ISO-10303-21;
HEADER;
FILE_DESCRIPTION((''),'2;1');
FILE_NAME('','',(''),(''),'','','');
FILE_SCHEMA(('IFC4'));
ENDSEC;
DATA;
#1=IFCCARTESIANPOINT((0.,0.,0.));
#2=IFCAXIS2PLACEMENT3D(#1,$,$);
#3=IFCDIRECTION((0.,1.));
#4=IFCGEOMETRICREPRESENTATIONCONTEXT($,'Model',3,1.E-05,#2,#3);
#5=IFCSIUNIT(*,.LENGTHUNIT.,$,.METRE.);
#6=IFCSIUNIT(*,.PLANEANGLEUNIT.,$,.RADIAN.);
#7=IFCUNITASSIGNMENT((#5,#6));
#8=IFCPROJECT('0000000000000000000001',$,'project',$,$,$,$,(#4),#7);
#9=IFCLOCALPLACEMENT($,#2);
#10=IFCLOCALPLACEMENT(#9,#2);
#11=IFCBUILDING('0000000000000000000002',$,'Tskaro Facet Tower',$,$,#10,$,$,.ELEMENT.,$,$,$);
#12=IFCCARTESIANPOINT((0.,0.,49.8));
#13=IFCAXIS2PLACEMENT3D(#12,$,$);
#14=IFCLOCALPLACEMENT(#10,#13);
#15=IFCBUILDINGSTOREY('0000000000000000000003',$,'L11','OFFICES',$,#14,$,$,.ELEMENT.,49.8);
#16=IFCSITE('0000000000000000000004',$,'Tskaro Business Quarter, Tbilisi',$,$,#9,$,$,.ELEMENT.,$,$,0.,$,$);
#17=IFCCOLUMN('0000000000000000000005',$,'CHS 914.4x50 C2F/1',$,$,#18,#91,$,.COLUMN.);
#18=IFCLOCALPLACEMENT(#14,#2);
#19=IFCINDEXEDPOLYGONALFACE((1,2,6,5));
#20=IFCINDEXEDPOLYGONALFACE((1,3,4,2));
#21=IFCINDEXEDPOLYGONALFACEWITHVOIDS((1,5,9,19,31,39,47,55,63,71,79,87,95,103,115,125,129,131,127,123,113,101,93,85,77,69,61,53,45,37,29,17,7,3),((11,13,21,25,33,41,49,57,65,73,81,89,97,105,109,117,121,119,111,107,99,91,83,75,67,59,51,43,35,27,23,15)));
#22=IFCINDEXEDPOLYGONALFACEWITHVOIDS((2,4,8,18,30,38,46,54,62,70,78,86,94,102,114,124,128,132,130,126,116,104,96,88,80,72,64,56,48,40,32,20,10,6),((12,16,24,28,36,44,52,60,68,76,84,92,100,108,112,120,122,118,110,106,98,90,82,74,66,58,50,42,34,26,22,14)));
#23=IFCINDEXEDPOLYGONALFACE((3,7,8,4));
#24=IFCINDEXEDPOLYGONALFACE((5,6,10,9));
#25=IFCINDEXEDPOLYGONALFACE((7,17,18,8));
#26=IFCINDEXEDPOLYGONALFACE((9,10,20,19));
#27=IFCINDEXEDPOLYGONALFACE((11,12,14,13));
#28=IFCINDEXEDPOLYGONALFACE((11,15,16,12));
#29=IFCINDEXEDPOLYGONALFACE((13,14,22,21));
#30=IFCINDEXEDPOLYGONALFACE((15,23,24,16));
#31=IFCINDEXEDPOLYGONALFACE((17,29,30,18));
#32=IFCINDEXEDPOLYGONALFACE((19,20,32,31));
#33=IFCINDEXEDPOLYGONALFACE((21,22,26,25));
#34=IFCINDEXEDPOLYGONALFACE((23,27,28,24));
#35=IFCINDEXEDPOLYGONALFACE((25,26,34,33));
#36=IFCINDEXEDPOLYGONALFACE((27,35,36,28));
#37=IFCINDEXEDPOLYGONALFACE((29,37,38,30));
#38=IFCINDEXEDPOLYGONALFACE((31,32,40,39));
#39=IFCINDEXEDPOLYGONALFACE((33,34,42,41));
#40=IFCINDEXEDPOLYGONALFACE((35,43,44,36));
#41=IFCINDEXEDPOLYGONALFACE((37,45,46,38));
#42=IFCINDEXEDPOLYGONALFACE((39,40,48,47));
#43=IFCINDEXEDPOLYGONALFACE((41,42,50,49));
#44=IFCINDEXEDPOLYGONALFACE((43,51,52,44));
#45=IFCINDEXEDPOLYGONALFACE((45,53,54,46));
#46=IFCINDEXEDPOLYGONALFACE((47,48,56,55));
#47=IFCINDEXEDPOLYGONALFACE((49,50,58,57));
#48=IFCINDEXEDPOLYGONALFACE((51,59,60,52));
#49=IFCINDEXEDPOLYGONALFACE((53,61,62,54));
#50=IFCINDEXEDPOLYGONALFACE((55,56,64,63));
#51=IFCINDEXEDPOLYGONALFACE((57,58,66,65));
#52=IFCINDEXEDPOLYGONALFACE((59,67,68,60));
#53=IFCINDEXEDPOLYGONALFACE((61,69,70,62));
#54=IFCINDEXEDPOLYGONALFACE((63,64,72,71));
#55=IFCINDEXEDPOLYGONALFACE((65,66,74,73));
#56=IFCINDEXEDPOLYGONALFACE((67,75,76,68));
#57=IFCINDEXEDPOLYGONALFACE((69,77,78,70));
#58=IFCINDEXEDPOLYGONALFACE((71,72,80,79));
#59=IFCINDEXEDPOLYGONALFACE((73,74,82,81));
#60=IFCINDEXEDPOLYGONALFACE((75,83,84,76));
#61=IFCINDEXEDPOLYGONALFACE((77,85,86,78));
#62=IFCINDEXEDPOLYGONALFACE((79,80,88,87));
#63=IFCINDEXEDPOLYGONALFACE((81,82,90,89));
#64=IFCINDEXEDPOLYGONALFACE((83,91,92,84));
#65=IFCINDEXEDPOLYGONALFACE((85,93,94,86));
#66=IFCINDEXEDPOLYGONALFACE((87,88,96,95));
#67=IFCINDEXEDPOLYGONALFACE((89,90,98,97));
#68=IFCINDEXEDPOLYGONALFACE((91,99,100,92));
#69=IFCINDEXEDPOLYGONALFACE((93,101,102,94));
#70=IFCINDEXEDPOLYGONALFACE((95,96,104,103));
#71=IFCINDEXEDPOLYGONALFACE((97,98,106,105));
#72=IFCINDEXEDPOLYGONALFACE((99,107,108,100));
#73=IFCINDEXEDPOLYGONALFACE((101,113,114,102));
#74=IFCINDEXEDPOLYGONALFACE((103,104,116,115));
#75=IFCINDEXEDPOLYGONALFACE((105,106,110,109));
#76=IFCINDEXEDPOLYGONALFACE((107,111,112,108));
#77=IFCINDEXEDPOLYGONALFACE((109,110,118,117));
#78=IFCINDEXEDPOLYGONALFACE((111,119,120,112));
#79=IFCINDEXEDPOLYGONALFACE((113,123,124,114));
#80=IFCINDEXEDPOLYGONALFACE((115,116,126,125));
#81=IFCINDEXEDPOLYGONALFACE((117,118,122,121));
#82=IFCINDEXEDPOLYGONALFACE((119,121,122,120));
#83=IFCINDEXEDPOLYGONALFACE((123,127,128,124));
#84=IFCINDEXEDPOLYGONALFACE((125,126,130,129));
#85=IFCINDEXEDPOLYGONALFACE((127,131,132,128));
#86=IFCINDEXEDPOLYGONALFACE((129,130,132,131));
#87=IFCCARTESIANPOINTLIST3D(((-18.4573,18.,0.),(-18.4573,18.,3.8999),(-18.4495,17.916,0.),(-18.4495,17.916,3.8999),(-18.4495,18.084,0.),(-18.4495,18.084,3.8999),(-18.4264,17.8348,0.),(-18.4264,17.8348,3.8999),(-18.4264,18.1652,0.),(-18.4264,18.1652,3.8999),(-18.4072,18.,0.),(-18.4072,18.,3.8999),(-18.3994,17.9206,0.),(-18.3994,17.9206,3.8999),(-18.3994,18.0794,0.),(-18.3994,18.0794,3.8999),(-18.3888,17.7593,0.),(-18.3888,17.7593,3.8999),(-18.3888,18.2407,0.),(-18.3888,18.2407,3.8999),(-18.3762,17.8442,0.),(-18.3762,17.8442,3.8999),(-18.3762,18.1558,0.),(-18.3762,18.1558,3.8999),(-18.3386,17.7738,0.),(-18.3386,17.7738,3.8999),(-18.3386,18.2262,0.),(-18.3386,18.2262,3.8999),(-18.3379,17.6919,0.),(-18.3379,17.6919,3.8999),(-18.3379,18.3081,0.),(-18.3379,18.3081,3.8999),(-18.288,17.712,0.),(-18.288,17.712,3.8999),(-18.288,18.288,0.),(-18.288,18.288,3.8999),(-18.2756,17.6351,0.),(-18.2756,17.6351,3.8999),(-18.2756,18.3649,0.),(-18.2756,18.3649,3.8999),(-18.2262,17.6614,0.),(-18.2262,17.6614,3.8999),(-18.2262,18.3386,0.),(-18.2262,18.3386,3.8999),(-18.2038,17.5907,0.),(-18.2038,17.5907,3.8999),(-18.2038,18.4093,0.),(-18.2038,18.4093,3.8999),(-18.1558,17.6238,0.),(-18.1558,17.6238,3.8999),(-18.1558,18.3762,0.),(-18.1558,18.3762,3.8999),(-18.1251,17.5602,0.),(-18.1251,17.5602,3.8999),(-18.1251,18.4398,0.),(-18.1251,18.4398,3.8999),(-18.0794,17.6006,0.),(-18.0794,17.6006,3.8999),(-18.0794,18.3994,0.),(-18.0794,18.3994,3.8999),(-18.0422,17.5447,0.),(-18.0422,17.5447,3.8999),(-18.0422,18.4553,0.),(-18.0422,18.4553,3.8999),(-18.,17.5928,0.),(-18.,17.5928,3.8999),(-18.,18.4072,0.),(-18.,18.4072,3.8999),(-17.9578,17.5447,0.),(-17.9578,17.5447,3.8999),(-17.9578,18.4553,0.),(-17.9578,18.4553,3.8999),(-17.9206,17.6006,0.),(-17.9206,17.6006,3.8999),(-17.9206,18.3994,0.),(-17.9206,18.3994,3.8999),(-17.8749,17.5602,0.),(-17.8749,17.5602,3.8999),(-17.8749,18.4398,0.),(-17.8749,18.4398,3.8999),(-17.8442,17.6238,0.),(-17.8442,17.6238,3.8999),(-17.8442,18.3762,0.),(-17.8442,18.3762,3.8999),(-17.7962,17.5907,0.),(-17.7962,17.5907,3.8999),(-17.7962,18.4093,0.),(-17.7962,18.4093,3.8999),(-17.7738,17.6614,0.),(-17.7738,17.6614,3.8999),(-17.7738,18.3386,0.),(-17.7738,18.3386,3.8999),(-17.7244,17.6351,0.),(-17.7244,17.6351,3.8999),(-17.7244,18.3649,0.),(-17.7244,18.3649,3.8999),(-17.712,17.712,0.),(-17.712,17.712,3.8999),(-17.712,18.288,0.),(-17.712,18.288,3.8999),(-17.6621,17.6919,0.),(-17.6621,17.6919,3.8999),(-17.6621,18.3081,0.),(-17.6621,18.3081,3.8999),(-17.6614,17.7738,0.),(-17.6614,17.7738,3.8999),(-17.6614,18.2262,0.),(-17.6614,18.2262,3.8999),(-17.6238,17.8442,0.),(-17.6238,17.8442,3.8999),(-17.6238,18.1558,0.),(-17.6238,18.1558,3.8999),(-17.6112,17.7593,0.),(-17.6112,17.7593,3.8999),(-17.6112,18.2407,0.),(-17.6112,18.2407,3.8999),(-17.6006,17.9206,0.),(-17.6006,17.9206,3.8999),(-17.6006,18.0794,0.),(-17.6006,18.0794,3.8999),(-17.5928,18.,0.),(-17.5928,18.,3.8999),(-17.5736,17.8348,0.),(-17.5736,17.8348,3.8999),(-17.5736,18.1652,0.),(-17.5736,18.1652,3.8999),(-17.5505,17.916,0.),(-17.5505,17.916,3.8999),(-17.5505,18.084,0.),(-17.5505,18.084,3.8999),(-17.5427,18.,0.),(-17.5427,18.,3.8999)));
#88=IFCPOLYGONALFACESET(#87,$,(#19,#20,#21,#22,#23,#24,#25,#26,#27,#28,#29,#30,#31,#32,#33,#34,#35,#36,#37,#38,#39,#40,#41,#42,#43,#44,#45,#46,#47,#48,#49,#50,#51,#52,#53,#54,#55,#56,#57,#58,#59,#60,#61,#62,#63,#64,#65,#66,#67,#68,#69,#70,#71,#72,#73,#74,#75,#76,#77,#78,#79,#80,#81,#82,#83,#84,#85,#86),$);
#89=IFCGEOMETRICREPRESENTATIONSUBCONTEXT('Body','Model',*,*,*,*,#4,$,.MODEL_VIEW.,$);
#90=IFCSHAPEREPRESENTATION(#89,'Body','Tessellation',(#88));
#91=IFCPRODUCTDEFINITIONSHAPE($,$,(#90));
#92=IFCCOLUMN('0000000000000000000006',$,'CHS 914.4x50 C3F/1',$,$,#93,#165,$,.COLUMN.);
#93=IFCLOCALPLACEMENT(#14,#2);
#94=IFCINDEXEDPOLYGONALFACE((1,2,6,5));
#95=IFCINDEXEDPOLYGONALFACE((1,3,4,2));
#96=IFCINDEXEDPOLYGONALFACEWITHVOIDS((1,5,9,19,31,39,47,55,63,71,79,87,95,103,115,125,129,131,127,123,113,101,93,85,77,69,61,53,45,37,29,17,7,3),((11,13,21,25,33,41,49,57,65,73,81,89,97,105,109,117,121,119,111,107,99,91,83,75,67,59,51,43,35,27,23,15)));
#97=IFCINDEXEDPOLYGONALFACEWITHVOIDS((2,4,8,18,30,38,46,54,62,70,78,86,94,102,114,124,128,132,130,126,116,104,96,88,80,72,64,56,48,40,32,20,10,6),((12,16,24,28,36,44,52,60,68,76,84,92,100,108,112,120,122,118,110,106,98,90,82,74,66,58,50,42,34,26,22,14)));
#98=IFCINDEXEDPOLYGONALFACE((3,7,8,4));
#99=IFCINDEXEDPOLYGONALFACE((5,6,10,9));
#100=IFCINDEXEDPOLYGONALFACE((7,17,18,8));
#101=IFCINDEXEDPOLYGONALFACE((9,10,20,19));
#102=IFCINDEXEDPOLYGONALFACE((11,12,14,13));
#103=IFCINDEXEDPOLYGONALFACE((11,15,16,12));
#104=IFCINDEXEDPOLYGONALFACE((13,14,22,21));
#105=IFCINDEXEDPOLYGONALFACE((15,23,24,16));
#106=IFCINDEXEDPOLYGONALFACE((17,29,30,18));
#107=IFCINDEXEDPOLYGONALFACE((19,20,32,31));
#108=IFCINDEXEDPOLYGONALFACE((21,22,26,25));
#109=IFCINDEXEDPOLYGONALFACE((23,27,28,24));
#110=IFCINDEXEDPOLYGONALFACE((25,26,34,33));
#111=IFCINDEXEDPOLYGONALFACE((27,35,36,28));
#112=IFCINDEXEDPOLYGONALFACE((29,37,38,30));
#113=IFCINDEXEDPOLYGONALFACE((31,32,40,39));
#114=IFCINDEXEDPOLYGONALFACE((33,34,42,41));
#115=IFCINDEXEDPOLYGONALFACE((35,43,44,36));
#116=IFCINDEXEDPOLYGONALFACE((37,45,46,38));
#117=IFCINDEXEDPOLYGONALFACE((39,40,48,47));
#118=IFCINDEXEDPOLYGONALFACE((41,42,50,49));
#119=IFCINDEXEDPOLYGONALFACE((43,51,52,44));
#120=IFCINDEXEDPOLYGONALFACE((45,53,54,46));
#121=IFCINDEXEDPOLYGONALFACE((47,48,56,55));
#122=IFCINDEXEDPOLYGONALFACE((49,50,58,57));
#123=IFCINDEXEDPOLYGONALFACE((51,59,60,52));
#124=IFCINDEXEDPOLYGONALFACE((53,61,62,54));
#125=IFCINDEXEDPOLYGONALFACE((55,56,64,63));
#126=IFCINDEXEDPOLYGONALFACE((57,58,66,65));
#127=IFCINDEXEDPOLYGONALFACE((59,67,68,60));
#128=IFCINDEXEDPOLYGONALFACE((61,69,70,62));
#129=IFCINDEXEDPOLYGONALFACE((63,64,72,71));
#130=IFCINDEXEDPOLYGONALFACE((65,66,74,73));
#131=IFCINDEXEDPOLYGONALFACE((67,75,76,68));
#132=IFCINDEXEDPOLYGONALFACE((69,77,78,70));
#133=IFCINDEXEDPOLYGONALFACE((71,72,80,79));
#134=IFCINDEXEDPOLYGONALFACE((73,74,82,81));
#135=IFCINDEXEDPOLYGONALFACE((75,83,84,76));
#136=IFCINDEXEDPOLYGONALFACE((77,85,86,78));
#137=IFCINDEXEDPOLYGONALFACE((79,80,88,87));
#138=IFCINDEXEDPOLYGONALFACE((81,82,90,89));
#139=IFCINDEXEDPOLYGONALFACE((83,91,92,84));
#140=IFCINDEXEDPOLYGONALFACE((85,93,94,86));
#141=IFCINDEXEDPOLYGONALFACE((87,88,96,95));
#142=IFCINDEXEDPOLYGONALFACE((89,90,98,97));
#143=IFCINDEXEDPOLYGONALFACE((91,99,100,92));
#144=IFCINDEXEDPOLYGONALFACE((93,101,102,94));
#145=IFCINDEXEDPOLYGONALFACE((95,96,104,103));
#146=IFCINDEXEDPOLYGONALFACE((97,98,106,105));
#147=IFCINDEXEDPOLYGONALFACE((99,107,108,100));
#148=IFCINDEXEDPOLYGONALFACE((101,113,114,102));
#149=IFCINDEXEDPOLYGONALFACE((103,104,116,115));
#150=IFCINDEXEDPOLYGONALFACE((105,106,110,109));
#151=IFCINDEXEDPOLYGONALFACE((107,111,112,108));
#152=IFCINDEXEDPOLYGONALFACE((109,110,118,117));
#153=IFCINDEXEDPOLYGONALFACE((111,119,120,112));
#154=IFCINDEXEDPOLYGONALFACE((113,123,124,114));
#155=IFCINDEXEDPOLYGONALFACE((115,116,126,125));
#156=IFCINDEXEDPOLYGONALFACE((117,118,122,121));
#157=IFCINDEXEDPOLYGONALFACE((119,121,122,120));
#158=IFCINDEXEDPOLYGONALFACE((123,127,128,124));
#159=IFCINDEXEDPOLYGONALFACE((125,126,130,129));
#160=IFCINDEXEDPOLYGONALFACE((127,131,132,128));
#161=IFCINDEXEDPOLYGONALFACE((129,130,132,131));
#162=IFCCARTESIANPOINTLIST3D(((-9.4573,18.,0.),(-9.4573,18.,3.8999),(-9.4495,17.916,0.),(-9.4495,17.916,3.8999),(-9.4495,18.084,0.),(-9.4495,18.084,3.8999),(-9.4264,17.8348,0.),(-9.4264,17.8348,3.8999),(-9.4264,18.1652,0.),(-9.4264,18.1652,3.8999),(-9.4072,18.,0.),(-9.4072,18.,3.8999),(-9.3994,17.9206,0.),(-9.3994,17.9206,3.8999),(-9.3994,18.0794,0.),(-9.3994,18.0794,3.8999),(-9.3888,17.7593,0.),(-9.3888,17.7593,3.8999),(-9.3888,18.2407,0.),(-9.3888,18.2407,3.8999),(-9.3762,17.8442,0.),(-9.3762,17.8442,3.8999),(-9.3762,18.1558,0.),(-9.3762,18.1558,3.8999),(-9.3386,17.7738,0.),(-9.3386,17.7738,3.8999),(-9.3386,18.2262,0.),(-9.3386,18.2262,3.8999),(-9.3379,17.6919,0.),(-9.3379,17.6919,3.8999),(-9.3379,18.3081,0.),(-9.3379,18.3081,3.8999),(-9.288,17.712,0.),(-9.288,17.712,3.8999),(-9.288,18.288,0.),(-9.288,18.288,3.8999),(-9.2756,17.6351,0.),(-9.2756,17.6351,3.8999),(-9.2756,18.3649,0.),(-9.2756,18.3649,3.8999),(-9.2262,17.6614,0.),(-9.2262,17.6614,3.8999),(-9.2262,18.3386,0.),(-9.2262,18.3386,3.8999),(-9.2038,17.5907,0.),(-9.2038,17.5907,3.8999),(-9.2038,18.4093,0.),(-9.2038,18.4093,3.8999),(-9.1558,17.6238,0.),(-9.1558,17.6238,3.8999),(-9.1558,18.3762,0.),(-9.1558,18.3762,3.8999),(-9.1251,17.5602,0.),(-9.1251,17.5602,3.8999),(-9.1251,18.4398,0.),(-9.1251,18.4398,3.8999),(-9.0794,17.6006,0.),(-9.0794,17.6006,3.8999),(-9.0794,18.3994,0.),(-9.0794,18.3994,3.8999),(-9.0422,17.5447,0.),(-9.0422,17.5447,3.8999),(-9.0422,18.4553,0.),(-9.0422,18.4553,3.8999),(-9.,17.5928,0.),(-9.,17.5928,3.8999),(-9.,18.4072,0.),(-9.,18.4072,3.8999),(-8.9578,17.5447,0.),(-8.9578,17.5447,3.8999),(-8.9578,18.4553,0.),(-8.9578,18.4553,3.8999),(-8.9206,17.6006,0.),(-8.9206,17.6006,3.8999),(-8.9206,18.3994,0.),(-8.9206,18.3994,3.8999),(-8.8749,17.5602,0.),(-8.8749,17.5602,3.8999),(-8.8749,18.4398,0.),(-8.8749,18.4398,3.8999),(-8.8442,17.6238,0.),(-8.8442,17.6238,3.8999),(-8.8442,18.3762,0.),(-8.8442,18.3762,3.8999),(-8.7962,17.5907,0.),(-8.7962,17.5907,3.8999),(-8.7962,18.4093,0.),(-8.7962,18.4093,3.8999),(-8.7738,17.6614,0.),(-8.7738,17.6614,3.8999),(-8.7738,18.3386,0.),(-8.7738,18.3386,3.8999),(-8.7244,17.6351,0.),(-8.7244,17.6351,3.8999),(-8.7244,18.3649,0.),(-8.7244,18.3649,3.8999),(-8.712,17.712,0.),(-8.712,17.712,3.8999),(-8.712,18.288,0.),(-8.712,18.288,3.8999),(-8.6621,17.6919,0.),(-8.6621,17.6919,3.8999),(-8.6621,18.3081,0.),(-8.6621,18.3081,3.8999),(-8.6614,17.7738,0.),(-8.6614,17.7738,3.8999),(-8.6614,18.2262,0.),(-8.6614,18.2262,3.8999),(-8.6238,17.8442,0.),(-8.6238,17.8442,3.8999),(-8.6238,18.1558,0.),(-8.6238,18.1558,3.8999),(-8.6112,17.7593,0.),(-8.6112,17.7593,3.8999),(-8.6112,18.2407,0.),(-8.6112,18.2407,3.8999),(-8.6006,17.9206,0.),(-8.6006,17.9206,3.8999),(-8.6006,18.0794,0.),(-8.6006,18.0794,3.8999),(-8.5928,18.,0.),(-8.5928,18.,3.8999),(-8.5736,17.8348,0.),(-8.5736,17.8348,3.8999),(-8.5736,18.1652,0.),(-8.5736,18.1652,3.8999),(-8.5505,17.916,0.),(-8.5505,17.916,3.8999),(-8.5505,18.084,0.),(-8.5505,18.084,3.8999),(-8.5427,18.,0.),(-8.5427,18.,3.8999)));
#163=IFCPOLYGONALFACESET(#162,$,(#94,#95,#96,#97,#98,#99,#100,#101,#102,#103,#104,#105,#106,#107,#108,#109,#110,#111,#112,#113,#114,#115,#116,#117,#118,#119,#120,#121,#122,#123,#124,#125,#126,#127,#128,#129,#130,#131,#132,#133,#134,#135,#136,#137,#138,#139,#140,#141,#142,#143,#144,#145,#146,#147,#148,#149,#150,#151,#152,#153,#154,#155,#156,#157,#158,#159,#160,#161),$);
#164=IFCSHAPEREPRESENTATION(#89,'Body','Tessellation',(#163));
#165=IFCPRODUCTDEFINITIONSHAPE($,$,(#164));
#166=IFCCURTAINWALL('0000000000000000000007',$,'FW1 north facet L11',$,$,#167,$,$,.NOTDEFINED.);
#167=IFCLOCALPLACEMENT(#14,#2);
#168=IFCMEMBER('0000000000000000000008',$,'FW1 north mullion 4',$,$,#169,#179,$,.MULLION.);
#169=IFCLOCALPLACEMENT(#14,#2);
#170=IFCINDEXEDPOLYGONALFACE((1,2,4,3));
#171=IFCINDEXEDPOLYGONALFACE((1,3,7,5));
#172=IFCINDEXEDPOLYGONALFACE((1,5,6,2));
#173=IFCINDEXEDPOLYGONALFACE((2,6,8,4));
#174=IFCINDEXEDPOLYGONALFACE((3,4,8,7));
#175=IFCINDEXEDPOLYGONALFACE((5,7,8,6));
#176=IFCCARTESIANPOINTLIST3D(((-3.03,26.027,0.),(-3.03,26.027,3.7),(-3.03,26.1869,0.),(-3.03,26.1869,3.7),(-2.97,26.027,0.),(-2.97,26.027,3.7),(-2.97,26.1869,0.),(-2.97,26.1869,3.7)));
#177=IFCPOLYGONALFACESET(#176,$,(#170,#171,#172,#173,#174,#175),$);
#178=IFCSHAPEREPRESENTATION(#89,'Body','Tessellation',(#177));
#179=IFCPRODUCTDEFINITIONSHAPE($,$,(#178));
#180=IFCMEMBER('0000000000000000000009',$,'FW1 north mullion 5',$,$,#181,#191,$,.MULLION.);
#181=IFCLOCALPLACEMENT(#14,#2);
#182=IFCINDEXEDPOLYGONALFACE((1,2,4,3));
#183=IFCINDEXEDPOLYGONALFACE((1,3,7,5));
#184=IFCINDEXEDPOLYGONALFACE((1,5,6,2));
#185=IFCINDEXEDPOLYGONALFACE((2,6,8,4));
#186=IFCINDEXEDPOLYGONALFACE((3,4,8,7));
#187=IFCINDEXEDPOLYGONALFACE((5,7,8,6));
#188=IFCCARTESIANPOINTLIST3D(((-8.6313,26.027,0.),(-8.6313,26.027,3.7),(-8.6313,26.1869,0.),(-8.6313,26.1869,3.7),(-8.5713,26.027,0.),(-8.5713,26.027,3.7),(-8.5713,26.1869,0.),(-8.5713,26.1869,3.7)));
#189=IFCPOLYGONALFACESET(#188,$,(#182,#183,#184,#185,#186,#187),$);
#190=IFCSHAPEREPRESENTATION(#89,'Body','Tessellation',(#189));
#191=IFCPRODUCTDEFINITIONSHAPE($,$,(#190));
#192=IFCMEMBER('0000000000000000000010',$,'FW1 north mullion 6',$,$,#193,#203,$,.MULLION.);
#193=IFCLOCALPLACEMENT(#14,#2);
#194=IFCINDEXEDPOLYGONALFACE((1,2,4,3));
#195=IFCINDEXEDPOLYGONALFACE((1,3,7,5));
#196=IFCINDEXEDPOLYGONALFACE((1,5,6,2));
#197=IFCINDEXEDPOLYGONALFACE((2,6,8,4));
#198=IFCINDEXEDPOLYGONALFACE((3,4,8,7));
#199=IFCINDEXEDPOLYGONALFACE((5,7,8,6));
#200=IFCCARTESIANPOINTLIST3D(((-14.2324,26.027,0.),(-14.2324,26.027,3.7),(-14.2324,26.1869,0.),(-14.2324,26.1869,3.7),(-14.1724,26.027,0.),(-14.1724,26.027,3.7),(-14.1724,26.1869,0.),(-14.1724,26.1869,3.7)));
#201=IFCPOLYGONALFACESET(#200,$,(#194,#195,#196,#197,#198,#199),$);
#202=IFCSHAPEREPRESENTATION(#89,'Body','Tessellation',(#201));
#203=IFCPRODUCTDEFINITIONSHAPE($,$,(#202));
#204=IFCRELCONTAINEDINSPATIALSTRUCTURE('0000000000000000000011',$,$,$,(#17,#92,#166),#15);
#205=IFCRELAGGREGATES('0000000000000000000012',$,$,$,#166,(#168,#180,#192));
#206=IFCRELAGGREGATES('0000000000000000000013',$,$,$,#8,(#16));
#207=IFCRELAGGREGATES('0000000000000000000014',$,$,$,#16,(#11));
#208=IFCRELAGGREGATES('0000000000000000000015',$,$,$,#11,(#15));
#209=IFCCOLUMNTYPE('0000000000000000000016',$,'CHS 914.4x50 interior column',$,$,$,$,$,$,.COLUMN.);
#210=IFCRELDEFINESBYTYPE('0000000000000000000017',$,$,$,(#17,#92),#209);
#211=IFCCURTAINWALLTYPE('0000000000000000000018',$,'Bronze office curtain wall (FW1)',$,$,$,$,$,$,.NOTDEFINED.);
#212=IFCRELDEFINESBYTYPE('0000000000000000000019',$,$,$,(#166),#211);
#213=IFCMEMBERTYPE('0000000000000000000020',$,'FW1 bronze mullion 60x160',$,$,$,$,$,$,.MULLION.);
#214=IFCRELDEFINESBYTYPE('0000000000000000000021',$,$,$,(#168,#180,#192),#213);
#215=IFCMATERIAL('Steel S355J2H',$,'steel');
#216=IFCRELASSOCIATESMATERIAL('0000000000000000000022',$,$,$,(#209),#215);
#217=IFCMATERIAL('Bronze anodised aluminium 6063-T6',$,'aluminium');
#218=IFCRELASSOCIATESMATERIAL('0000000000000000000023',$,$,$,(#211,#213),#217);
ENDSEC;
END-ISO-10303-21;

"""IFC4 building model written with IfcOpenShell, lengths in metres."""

from ifc_helpers import new_model, si_unit, direction, frame, origin, origin_2d, place, context, subcontext, project, spatial, rectangle, hollow_circle, extrude, material, material_profile, profile_set, type_object, element, aggregate, save


model = new_model("IFC4")

# Units and contexts
model_context = context("Model", 3, precision=1e-05, world=origin(), true_north=direction((0.0, 1.0)))
body_context = subcontext(model_context, "Body", "Model", "MODEL_VIEW")
ifc_project = project(units=[si_unit("LENGTHUNIT", "METRE"), si_unit("PLANEANGLEUNIT", "RADIAN")], contexts=[model_context])

# Site, building, storey
site_placement = place(None, origin())
site = spatial("IfcSite", under=ifc_project, at=site_placement, Name="Tskaro Business Quarter, Tbilisi", CompositionType="ELEMENT", RefElevation=0.0)
building_placement = place(site_placement, origin())
building = spatial("IfcBuilding", under=site, at=building_placement, Name="Tskaro Facet Tower", CompositionType="ELEMENT")
storey_placement = place(building_placement, frame((0.0, 0.0, 49.8)))
storey = spatial("IfcBuildingStorey", under=building, at=storey_placement, Name="L11", Description="OFFICES", CompositionType="ELEMENT", Elevation=49.8)

# Columns
ifc_material_1 = material(Name="Steel S355J2H", Category="steel")
ifc_material_profile_1 = material_profile(ifc_material_1, hollow_circle(Radius=0.4573, WallThickness=0.05, at=origin_2d()), Name="CHS 914.4x50")
ifc_profile_set_1 = profile_set([ifc_material_profile_1], Name="Steel S355J2H")
column_type_1 = type_object("IfcColumnType", Name="CHS 914.4x50 interior column", PredefinedType="COLUMN", material=ifc_profile_set_1)
for number, where, z_axis, x_axis, name in (
    (1, (-18.0, 18.0, 0.0), (0.0, 0.0, 1.0), (1.0, 0.0, 0.0), "CHS 914.4x50 C2F/1"),
    (2, (-9.0, 18.0, 0.0), (0.0, 0.0, 1.0), (1.0, 0.0, 0.0), "CHS 914.4x50 C3F/1"),
):
    element("IfcColumn", number, at=place(storey_placement, frame(where, z_axis=z_axis, x_axis=x_axis)), inside=storey, type_object=column_type_1, Name=name, PredefinedType="COLUMN", context=body_context, shape_type="SweptSolid", body=[
        extrude(hollow_circle(Radius=0.4573, WallThickness=0.05, at=origin_2d()), origin(), (0.0, 0.0, 1.0), 3.8999),
    ])

# Curtain wall, members
ifc_material_2 = material(Name="Bronze anodised aluminium 6063-T6", Category="aluminium")
curtain_wall_type = type_object("IfcCurtainWallType", Name="Bronze office curtain wall (FW1)", PredefinedType="NOTDEFINED", material=ifc_material_2)
curtain_wall_placement = place(storey_placement, origin())
curtain_wall = element("IfcCurtainWall", 3, at=curtain_wall_placement, inside=storey, type_object=curtain_wall_type, Name="FW1 north facet L11", PredefinedType="NOTDEFINED")
ifc_material_profile_2 = material_profile(ifc_material_2, rectangle(XDim=0.0601, YDim=0.1599, at=origin_2d()), Name="Mullion 60x160")
ifc_profile_set_2 = profile_set([ifc_material_profile_2], Name="Bronze anodised aluminium 6063-T6")
member_type_1 = type_object("IfcMemberType", Name="FW1 bronze mullion 60x160", PredefinedType="MULLION", material=ifc_profile_set_2)
member_1_placement = place(storey_placement, frame((-3.0, 26.1069, 0.0), z_axis=(0.0, 0.0, 1.0), x_axis=(-1.0, 0.0, 0.0)))
member_1 = element("IfcMember", 4, at=member_1_placement, type_object=member_type_1, Name="FW1 north mullion 4", PredefinedType="MULLION", context=body_context, shape_type="SweptSolid", body=[
    extrude(rectangle(XDim=0.0601, YDim=0.1599, at=origin_2d()), origin(), (0.0, 0.0, 1.0), 3.7),
])
member_2_placement = place(storey_placement, frame((-8.6013, 26.1069, 0.0), z_axis=(0.0, 0.0, 1.0), x_axis=(-1.0, 0.0, 0.0)))
member_2 = element("IfcMember", 5, at=member_2_placement, type_object=member_type_1, Name="FW1 north mullion 5", PredefinedType="MULLION", context=body_context, shape_type="SweptSolid", body=[
    extrude(rectangle(XDim=0.0601, YDim=0.1599, at=origin_2d()), origin(), (0.0, 0.0, 1.0), 3.7),
])
member_3_placement = place(storey_placement, frame((-14.2024, 26.1069, 0.0), z_axis=(0.0, 0.0, 1.0), x_axis=(-1.0, 0.0, 0.0)))
member_3 = element("IfcMember", 6, at=member_3_placement, type_object=member_type_1, Name="FW1 north mullion 6", PredefinedType="MULLION", context=body_context, shape_type="SweptSolid", body=[
    extrude(rectangle(XDim=0.0601, YDim=0.1599, at=origin_2d()), origin(), (0.0, 0.0, 1.0), 3.7),
])

aggregate(curtain_wall, [member_1, member_2, member_3])

save(model, "model.ifc")
